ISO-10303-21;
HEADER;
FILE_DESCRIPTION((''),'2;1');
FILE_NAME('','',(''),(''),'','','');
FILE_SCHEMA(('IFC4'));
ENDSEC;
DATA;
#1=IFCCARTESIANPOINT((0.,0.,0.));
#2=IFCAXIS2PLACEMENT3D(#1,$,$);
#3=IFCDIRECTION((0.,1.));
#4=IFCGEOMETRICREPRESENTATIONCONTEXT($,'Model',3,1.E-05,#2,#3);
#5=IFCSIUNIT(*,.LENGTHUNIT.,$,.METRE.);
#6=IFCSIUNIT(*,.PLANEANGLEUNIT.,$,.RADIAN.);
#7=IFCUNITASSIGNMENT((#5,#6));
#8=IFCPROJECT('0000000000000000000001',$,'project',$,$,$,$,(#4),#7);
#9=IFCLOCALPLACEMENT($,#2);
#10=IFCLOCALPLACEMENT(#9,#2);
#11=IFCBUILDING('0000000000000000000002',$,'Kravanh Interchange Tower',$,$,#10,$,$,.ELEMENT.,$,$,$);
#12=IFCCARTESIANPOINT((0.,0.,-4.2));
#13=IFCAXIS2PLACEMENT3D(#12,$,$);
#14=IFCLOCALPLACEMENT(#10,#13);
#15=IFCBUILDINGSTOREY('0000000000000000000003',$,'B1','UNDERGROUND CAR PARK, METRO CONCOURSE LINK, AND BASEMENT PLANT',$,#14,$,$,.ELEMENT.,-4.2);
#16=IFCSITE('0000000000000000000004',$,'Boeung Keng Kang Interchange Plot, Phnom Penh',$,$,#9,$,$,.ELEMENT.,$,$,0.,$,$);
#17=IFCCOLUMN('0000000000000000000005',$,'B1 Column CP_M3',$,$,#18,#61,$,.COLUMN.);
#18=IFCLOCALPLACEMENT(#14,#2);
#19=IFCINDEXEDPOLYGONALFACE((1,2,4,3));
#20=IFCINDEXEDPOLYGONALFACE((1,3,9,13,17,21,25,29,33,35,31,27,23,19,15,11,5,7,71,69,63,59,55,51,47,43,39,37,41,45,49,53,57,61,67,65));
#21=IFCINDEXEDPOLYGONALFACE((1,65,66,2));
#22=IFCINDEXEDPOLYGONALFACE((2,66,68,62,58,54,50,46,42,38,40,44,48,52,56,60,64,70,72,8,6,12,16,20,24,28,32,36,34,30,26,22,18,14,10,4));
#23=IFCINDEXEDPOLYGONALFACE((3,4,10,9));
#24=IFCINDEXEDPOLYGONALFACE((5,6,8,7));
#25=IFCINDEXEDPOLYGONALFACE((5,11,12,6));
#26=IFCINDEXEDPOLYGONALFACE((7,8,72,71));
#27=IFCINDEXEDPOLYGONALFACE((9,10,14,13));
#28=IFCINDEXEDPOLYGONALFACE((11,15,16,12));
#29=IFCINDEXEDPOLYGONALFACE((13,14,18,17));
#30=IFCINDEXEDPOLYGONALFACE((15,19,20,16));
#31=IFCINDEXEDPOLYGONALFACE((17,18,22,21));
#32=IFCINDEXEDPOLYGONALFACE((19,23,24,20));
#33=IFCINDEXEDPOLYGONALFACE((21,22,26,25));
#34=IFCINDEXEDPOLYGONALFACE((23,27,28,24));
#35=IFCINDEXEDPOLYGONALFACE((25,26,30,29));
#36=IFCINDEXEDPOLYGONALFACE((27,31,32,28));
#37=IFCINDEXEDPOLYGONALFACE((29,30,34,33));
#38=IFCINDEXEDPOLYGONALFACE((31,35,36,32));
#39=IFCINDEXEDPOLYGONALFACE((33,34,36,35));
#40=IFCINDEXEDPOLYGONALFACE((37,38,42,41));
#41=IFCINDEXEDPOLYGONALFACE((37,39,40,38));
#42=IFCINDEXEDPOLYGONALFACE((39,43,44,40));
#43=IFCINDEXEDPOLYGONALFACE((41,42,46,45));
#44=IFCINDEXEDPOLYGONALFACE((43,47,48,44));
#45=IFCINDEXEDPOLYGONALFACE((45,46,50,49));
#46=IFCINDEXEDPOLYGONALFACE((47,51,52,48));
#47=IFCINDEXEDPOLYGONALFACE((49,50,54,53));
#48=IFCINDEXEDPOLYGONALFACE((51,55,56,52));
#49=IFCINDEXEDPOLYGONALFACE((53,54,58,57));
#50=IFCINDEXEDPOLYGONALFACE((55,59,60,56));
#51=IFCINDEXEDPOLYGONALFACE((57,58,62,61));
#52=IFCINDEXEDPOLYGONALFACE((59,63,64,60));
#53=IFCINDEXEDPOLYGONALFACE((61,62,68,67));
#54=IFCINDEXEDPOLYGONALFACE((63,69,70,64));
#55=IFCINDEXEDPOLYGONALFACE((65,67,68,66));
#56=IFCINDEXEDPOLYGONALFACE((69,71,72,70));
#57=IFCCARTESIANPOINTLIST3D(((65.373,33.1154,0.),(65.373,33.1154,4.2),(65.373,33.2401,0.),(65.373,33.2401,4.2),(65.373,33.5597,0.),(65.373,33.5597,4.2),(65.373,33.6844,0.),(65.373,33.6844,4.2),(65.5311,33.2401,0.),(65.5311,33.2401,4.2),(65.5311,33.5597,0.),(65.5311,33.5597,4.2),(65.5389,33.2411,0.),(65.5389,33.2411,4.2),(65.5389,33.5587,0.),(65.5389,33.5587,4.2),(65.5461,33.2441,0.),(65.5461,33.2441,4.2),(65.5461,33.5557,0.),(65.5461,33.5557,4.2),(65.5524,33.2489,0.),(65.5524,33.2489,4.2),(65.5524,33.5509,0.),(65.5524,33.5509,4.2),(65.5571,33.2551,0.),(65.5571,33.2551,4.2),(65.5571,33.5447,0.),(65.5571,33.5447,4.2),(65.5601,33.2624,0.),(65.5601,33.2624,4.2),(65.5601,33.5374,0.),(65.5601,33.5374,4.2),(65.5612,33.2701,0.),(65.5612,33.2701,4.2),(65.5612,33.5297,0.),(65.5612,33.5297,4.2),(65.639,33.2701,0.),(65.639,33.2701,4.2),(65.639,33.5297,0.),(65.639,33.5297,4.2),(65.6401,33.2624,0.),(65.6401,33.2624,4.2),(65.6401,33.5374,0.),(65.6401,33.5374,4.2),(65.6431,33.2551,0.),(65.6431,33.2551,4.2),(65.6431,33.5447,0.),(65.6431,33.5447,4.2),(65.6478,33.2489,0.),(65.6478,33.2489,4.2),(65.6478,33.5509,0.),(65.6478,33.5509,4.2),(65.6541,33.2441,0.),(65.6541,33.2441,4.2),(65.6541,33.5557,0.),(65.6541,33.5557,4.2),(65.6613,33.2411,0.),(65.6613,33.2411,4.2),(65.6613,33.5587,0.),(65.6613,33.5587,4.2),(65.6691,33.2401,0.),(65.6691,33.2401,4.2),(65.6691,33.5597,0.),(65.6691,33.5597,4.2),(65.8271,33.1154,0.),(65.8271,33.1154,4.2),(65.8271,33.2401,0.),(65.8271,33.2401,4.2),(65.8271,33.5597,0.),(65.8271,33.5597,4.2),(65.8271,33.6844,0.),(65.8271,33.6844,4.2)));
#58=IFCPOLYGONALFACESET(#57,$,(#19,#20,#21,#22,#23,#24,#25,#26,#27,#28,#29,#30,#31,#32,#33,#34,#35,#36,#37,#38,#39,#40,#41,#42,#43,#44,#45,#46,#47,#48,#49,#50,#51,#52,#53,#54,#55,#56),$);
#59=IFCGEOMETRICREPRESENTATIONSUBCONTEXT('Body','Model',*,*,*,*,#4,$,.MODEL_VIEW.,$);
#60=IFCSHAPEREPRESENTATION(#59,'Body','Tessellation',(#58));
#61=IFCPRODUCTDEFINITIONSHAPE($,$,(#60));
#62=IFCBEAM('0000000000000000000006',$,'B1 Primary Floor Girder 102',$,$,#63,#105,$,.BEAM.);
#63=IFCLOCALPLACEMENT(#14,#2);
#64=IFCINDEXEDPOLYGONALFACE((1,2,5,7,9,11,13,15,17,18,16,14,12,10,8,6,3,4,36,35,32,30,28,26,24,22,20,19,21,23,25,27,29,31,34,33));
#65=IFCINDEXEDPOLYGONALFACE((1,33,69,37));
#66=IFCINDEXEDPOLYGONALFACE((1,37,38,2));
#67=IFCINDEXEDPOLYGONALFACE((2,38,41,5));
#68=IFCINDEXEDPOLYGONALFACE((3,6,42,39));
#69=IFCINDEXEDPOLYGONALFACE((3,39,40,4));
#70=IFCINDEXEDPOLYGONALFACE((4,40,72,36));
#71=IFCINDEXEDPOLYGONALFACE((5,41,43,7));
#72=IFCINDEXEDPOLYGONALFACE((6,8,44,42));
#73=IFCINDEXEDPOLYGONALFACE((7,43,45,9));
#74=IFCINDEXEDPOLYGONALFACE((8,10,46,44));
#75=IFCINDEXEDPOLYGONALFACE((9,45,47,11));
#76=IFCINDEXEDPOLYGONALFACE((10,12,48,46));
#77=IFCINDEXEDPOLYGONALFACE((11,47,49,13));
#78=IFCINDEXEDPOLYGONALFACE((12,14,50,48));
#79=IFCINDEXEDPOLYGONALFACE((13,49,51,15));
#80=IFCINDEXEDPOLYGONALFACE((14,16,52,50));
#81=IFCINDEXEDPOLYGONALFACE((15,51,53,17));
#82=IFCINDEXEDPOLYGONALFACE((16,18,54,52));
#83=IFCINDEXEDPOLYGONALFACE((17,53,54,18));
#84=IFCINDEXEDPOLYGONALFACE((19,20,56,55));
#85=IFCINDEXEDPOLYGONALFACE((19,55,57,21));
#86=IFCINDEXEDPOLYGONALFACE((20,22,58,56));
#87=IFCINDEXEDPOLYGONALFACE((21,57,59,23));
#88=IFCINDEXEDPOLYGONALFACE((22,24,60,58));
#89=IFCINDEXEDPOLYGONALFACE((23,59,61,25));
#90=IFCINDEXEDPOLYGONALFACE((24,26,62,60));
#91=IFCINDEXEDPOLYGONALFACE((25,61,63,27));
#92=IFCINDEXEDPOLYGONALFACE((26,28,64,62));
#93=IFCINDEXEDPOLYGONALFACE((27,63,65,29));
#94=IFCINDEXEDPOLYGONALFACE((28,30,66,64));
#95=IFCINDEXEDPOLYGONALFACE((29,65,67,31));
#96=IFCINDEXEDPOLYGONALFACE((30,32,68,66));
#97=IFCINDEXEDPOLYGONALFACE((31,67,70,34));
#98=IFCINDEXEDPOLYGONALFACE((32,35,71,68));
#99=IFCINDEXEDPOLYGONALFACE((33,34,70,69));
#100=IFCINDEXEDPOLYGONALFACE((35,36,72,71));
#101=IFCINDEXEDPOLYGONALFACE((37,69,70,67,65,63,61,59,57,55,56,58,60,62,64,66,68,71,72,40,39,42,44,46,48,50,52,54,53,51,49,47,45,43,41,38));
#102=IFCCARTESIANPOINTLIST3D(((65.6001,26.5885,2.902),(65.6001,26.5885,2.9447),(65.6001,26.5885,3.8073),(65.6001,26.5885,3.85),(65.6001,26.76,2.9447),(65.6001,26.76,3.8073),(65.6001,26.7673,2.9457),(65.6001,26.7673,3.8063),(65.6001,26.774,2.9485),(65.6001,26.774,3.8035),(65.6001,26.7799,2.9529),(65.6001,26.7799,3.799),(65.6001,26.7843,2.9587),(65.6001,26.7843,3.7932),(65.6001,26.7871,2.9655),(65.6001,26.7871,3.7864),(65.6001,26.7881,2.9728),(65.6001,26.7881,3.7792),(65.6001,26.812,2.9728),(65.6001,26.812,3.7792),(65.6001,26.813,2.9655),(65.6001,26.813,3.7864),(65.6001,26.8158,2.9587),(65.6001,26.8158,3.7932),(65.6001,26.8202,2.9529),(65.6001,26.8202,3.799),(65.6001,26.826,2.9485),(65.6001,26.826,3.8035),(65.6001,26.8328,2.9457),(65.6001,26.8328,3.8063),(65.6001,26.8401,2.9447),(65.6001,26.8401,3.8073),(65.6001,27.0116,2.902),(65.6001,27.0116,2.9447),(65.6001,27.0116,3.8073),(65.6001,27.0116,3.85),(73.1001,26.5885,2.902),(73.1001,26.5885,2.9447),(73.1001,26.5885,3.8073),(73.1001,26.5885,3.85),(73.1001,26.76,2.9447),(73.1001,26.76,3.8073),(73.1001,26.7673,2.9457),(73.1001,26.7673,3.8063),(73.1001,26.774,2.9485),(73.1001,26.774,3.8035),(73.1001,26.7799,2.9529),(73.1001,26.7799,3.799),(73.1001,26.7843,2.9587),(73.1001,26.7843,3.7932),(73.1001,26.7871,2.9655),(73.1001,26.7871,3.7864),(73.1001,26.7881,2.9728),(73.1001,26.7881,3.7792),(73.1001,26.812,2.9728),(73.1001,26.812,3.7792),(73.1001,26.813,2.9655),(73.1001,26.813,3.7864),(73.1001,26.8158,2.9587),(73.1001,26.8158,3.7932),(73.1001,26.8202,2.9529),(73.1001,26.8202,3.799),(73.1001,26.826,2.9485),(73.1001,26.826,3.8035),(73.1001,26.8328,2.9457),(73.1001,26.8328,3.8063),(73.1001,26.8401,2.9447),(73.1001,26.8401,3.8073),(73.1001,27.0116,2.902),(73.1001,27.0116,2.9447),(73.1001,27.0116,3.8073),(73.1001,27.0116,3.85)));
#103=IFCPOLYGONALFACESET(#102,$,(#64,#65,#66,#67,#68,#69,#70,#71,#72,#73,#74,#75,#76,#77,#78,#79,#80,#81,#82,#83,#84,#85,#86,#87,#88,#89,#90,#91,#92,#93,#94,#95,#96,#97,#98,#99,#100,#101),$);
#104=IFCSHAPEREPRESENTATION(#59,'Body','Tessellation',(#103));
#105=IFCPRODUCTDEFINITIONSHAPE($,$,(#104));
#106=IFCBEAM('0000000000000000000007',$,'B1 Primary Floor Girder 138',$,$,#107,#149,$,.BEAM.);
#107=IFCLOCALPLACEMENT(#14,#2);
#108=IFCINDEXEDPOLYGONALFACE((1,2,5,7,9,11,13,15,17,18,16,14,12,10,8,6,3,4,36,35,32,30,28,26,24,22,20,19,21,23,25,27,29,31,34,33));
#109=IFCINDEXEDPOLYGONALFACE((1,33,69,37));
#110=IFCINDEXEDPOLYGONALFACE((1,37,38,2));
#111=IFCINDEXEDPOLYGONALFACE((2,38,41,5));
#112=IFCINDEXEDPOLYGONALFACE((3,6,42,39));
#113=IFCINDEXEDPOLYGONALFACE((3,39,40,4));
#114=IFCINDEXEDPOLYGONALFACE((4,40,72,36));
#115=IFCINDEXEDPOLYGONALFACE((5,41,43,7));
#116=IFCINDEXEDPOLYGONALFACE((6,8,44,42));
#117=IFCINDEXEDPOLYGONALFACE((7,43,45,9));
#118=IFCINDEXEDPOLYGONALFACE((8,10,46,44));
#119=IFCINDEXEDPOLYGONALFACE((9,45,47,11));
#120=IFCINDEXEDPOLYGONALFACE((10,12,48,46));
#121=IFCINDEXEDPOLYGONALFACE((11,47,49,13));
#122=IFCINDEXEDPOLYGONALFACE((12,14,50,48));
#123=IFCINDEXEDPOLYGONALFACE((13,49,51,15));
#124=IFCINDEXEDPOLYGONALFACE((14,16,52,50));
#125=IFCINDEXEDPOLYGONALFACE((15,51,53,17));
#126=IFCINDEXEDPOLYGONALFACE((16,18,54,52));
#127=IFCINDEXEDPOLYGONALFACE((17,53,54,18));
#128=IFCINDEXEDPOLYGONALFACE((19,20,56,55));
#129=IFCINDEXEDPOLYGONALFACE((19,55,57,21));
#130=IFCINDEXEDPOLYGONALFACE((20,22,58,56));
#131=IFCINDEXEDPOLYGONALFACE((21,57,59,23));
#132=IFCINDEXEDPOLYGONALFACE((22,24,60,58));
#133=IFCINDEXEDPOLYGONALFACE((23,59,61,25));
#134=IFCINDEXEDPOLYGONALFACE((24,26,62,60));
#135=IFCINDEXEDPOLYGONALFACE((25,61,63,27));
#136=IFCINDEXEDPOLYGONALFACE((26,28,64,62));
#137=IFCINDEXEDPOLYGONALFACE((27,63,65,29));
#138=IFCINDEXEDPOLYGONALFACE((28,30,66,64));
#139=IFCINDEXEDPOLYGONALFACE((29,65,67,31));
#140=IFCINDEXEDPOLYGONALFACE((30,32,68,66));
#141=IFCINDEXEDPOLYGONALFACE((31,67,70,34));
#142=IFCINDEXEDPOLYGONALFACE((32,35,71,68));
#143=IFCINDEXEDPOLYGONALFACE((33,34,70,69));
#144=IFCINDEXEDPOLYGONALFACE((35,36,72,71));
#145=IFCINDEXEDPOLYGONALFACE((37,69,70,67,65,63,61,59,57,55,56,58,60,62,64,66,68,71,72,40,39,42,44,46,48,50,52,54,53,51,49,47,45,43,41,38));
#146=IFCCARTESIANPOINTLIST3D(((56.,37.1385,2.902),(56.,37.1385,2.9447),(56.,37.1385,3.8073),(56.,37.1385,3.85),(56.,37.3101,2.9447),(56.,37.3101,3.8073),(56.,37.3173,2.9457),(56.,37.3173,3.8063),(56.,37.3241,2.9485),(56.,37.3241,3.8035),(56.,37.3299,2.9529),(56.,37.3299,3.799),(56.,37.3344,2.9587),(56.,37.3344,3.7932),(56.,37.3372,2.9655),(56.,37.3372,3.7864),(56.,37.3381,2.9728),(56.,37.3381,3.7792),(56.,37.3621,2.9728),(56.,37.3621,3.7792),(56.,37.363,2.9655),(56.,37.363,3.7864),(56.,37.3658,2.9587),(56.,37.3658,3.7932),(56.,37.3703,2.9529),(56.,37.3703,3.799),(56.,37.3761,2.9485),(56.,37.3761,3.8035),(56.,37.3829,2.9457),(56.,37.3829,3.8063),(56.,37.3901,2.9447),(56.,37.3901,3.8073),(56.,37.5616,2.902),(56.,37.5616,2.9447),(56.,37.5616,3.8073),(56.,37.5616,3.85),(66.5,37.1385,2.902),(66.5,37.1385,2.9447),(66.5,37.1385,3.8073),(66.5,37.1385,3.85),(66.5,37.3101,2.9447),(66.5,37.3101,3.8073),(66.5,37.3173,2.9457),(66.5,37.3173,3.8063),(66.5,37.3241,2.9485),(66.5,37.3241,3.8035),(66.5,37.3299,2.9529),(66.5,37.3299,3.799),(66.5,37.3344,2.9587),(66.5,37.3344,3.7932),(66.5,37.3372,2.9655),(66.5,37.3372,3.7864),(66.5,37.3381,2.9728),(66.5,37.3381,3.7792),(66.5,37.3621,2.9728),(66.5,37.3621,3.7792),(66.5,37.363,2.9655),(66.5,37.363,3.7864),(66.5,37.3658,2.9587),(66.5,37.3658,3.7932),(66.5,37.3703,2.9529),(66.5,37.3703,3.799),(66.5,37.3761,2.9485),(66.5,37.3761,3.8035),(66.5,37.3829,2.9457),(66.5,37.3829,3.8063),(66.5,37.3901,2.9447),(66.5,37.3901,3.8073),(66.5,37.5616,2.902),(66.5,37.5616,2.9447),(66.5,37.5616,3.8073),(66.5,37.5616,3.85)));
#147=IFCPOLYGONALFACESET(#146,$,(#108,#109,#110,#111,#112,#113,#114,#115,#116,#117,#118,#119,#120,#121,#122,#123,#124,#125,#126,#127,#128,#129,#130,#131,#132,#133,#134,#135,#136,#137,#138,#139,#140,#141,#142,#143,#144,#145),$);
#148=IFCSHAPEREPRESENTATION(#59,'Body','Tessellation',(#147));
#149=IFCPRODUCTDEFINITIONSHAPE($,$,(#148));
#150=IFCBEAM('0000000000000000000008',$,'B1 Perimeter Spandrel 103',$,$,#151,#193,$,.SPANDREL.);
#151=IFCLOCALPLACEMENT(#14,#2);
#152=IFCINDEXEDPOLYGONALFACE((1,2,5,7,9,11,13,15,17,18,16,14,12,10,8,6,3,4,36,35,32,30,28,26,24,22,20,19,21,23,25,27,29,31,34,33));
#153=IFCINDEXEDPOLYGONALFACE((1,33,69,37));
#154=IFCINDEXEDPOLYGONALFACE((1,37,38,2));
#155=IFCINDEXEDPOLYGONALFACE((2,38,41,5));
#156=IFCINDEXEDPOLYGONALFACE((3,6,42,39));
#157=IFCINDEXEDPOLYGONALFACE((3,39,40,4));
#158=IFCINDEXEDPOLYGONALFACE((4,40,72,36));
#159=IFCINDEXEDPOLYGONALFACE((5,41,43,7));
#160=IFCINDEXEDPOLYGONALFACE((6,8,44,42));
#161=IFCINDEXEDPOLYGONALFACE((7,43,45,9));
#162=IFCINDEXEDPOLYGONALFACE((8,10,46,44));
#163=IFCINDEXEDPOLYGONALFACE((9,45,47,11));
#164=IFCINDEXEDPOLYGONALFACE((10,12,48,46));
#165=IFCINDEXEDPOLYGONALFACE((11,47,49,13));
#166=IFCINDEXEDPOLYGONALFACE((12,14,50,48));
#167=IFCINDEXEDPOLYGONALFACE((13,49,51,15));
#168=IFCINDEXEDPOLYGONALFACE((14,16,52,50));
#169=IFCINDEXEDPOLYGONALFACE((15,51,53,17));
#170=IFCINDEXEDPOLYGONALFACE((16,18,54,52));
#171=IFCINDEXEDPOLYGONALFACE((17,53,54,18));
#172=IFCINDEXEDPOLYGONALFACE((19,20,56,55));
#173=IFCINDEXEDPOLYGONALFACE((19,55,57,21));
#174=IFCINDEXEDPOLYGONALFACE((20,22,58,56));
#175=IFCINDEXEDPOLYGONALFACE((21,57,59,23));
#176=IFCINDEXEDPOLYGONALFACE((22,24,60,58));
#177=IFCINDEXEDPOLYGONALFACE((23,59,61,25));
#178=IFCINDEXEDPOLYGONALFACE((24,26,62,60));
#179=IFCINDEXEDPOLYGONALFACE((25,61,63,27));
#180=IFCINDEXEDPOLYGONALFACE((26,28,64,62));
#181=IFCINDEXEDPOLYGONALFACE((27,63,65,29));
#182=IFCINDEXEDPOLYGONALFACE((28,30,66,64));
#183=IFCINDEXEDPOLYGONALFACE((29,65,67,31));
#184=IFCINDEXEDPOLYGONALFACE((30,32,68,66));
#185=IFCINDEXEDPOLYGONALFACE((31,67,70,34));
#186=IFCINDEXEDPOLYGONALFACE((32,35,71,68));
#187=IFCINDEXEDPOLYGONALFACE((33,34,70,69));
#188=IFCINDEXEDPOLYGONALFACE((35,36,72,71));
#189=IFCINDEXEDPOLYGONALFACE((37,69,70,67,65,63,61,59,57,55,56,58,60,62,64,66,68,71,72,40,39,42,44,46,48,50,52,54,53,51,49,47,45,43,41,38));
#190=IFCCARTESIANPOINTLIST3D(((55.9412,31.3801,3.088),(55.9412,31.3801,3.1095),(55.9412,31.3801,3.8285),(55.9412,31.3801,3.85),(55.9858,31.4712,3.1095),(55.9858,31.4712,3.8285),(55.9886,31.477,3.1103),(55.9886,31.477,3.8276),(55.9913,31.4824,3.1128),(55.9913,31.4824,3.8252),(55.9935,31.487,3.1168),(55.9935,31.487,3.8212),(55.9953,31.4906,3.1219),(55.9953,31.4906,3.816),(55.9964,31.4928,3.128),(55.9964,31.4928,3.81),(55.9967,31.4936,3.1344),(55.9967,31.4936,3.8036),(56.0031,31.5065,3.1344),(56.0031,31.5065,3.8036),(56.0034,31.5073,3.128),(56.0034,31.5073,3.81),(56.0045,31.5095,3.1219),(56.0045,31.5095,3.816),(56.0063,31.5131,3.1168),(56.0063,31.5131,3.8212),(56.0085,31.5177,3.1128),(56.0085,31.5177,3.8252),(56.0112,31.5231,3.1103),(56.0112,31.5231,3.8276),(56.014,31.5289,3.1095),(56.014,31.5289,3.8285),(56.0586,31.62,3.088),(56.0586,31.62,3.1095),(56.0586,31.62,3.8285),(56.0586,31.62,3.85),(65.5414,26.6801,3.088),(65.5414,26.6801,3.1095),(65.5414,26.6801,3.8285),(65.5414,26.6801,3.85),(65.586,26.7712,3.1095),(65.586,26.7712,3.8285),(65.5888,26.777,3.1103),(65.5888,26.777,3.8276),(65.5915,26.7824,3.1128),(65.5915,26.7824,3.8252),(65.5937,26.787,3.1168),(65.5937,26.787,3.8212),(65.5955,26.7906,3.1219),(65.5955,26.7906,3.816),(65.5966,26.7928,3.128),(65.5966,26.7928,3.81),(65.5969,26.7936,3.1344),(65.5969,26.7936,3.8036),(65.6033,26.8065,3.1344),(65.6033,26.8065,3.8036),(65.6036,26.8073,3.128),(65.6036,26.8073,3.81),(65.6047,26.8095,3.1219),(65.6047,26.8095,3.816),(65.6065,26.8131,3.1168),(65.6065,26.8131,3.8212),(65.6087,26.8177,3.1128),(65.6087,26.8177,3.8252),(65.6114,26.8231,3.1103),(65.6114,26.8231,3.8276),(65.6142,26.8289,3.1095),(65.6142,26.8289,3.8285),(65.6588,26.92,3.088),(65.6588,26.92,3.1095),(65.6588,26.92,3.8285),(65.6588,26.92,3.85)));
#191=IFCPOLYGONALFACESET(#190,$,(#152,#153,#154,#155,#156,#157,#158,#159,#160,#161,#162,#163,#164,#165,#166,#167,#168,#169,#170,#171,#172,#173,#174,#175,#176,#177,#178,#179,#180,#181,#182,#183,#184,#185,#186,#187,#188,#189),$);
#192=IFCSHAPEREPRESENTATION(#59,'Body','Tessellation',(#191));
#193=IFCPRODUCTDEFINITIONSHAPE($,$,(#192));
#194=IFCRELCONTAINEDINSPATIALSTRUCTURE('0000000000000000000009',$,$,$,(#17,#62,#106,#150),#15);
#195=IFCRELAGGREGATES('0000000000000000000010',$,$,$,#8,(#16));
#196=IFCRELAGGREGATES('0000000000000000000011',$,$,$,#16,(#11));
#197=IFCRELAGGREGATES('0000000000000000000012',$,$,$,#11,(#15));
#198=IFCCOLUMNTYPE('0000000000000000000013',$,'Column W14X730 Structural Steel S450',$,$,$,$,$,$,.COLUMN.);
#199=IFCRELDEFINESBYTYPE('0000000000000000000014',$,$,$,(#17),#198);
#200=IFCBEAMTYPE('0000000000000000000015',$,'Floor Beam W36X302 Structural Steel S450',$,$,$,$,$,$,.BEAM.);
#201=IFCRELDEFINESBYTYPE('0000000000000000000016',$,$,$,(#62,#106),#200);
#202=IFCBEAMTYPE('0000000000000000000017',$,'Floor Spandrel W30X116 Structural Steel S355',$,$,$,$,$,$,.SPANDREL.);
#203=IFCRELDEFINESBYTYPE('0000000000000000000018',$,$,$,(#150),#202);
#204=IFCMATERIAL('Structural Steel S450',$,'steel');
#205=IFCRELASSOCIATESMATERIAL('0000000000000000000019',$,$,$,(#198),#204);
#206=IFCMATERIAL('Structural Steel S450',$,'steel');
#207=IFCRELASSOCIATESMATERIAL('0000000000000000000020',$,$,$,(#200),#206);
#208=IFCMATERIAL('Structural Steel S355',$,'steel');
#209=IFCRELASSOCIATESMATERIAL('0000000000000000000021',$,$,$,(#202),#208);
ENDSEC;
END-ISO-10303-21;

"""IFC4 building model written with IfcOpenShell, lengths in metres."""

from ifc_helpers import new_model, si_unit, direction, frame, origin, origin_2d, place, context, subcontext, project, spatial, i_section, extrude, material, material_profile, profile_set, type_object, element, save


model = new_model("IFC4")

# Units and contexts
model_context = context("Model", 3, precision=1e-05, world=origin(), true_north=direction((0.0, 1.0)))
body_context = subcontext(model_context, "Body", "Model", "MODEL_VIEW")
ifc_project = project(units=[si_unit("LENGTHUNIT", "METRE"), si_unit("PLANEANGLEUNIT", "RADIAN")], contexts=[model_context])

# Site, building, storey
site_placement = place(None, origin())
site = spatial("IfcSite", under=ifc_project, at=site_placement, Name="Boeung Keng Kang Interchange Plot, Phnom Penh", CompositionType="ELEMENT", RefElevation=0.0)
building_placement = place(site_placement, origin())
building = spatial("IfcBuilding", under=site, at=building_placement, Name="Kravanh Interchange Tower", CompositionType="ELEMENT")
storey_placement = place(building_placement, frame((0.0, 0.0, -4.2)))
storey = spatial("IfcBuildingStorey", under=building, at=storey_placement, Name="B1", Description="UNDERGROUND CAR PARK, METRO CONCOURSE LINK, AND BASEMENT PLANT", CompositionType="ELEMENT", Elevation=-4.2)

# Column
ifc_material_1 = material(Name="Structural Steel S450", Category="steel")
ifc_material_profile_1 = material_profile(ifc_material_1, i_section(OverallWidth=0.4541, OverallDepth=0.5691, WebThickness=0.0779, FlangeThickness=0.1248, FilletRadius=0.03, at=origin_2d()), Name="W14X730")
ifc_profile_set_1 = profile_set([ifc_material_profile_1], Name="Structural Steel S450")
column_type_1 = type_object("IfcColumnType", Name="Column W14X730 Structural Steel S450", PredefinedType="COLUMN", material=ifc_profile_set_1)
for number, where, z_axis, x_axis, name in (
    (1, (65.6001, 33.3999, 0.0), (0.0, 0.0, 1.0), (1.0, 0.0, 0.0), "B1 Column CP_M3"),
):
    element("IfcColumn", number, at=place(storey_placement, frame(where, z_axis=z_axis, x_axis=x_axis)), inside=storey, type_object=column_type_1, Name=name, PredefinedType="COLUMN", context=body_context, shape_type="SweptSolid", body=[
        extrude(i_section(OverallWidth=0.4541, OverallDepth=0.5691, WebThickness=0.0779, FlangeThickness=0.1248, FilletRadius=0.03, at=origin_2d()), origin(), (0.0, 0.0, 1.0), 4.2),
    ])

# Beams
ifc_material_2 = material(Name="Structural Steel S450", Category="steel")
ifc_material_profile_2 = material_profile(ifc_material_2, i_section(OverallWidth=0.4231, OverallDepth=0.948, WebThickness=0.0239, FlangeThickness=0.0427, FilletRadius=0.0281, at=origin_2d()), Name="W36X302")
ifc_profile_set_2 = profile_set([ifc_material_profile_2], Name="Structural Steel S450")
beam_type_1 = type_object("IfcBeamType", Name="Floor Beam W36X302 Structural Steel S450", PredefinedType="BEAM", material=ifc_profile_set_2)
beam_1_placement = place(storey_placement, frame((65.6001, 26.8, 3.376), z_axis=(1.0, 0.0, 0.0), x_axis=(0.0, 1.0, 0.0)))
element("IfcBeam", 2, at=beam_1_placement, inside=storey, type_object=beam_type_1, Name="B1 Primary Floor Girder 102", PredefinedType="BEAM", context=body_context, shape_type="SweptSolid", body=[
    extrude(i_section(OverallWidth=0.4231, OverallDepth=0.948, WebThickness=0.0239, FlangeThickness=0.0427, FilletRadius=0.0281, at=origin_2d()), origin(), (0.0, 0.0, 1.0), 7.5),
])
beam_2_placement = place(storey_placement, frame((66.5, 37.3501, 3.376), z_axis=(-1.0, 0.0, 0.0), x_axis=(0.0, -1.0, 0.0)))
element("IfcBeam", 3, at=beam_2_placement, inside=storey, type_object=beam_type_1, Name="B1 Primary Floor Girder 138", PredefinedType="BEAM", context=body_context, shape_type="SweptSolid", body=[
    extrude(i_section(OverallWidth=0.4231, OverallDepth=0.948, WebThickness=0.0239, FlangeThickness=0.0427, FilletRadius=0.0281, at=origin_2d()), origin(), (0.0, 0.0, 1.0), 10.5),
])
ifc_material_3 = material(Name="Structural Steel S355", Category="steel")
ifc_material_profile_3 = material_profile(ifc_material_3, i_section(OverallWidth=0.2671, OverallDepth=0.762, WebThickness=0.0144, FlangeThickness=0.0215, FilletRadius=0.0249, at=origin_2d()), Name="W30X116")
ifc_profile_set_3 = profile_set([ifc_material_profile_3], Name="Structural Steel S355")
beam_type_2 = type_object("IfcBeamType", Name="Floor Spandrel W30X116 Structural Steel S355", PredefinedType="SPANDREL", material=ifc_profile_set_3)
beam_3_placement = place(storey_placement, frame((65.6001, 26.8, 3.469), z_axis=(-0.898142, 0.439706, 0.0), x_axis=(-0.439706, -0.898142, 0.0)))
element("IfcBeam", 4, at=beam_3_placement, inside=storey, type_object=beam_type_2, Name="B1 Perimeter Spandrel 103", PredefinedType="SPANDREL", context=body_context, shape_type="SweptSolid", body=[
    extrude(i_section(OverallWidth=0.2671, OverallDepth=0.762, WebThickness=0.0144, FlangeThickness=0.0215, FilletRadius=0.0249, at=origin_2d()), origin(), (0.0, 0.0, 1.0), 10.689),
])

save(model, "model.ifc")
